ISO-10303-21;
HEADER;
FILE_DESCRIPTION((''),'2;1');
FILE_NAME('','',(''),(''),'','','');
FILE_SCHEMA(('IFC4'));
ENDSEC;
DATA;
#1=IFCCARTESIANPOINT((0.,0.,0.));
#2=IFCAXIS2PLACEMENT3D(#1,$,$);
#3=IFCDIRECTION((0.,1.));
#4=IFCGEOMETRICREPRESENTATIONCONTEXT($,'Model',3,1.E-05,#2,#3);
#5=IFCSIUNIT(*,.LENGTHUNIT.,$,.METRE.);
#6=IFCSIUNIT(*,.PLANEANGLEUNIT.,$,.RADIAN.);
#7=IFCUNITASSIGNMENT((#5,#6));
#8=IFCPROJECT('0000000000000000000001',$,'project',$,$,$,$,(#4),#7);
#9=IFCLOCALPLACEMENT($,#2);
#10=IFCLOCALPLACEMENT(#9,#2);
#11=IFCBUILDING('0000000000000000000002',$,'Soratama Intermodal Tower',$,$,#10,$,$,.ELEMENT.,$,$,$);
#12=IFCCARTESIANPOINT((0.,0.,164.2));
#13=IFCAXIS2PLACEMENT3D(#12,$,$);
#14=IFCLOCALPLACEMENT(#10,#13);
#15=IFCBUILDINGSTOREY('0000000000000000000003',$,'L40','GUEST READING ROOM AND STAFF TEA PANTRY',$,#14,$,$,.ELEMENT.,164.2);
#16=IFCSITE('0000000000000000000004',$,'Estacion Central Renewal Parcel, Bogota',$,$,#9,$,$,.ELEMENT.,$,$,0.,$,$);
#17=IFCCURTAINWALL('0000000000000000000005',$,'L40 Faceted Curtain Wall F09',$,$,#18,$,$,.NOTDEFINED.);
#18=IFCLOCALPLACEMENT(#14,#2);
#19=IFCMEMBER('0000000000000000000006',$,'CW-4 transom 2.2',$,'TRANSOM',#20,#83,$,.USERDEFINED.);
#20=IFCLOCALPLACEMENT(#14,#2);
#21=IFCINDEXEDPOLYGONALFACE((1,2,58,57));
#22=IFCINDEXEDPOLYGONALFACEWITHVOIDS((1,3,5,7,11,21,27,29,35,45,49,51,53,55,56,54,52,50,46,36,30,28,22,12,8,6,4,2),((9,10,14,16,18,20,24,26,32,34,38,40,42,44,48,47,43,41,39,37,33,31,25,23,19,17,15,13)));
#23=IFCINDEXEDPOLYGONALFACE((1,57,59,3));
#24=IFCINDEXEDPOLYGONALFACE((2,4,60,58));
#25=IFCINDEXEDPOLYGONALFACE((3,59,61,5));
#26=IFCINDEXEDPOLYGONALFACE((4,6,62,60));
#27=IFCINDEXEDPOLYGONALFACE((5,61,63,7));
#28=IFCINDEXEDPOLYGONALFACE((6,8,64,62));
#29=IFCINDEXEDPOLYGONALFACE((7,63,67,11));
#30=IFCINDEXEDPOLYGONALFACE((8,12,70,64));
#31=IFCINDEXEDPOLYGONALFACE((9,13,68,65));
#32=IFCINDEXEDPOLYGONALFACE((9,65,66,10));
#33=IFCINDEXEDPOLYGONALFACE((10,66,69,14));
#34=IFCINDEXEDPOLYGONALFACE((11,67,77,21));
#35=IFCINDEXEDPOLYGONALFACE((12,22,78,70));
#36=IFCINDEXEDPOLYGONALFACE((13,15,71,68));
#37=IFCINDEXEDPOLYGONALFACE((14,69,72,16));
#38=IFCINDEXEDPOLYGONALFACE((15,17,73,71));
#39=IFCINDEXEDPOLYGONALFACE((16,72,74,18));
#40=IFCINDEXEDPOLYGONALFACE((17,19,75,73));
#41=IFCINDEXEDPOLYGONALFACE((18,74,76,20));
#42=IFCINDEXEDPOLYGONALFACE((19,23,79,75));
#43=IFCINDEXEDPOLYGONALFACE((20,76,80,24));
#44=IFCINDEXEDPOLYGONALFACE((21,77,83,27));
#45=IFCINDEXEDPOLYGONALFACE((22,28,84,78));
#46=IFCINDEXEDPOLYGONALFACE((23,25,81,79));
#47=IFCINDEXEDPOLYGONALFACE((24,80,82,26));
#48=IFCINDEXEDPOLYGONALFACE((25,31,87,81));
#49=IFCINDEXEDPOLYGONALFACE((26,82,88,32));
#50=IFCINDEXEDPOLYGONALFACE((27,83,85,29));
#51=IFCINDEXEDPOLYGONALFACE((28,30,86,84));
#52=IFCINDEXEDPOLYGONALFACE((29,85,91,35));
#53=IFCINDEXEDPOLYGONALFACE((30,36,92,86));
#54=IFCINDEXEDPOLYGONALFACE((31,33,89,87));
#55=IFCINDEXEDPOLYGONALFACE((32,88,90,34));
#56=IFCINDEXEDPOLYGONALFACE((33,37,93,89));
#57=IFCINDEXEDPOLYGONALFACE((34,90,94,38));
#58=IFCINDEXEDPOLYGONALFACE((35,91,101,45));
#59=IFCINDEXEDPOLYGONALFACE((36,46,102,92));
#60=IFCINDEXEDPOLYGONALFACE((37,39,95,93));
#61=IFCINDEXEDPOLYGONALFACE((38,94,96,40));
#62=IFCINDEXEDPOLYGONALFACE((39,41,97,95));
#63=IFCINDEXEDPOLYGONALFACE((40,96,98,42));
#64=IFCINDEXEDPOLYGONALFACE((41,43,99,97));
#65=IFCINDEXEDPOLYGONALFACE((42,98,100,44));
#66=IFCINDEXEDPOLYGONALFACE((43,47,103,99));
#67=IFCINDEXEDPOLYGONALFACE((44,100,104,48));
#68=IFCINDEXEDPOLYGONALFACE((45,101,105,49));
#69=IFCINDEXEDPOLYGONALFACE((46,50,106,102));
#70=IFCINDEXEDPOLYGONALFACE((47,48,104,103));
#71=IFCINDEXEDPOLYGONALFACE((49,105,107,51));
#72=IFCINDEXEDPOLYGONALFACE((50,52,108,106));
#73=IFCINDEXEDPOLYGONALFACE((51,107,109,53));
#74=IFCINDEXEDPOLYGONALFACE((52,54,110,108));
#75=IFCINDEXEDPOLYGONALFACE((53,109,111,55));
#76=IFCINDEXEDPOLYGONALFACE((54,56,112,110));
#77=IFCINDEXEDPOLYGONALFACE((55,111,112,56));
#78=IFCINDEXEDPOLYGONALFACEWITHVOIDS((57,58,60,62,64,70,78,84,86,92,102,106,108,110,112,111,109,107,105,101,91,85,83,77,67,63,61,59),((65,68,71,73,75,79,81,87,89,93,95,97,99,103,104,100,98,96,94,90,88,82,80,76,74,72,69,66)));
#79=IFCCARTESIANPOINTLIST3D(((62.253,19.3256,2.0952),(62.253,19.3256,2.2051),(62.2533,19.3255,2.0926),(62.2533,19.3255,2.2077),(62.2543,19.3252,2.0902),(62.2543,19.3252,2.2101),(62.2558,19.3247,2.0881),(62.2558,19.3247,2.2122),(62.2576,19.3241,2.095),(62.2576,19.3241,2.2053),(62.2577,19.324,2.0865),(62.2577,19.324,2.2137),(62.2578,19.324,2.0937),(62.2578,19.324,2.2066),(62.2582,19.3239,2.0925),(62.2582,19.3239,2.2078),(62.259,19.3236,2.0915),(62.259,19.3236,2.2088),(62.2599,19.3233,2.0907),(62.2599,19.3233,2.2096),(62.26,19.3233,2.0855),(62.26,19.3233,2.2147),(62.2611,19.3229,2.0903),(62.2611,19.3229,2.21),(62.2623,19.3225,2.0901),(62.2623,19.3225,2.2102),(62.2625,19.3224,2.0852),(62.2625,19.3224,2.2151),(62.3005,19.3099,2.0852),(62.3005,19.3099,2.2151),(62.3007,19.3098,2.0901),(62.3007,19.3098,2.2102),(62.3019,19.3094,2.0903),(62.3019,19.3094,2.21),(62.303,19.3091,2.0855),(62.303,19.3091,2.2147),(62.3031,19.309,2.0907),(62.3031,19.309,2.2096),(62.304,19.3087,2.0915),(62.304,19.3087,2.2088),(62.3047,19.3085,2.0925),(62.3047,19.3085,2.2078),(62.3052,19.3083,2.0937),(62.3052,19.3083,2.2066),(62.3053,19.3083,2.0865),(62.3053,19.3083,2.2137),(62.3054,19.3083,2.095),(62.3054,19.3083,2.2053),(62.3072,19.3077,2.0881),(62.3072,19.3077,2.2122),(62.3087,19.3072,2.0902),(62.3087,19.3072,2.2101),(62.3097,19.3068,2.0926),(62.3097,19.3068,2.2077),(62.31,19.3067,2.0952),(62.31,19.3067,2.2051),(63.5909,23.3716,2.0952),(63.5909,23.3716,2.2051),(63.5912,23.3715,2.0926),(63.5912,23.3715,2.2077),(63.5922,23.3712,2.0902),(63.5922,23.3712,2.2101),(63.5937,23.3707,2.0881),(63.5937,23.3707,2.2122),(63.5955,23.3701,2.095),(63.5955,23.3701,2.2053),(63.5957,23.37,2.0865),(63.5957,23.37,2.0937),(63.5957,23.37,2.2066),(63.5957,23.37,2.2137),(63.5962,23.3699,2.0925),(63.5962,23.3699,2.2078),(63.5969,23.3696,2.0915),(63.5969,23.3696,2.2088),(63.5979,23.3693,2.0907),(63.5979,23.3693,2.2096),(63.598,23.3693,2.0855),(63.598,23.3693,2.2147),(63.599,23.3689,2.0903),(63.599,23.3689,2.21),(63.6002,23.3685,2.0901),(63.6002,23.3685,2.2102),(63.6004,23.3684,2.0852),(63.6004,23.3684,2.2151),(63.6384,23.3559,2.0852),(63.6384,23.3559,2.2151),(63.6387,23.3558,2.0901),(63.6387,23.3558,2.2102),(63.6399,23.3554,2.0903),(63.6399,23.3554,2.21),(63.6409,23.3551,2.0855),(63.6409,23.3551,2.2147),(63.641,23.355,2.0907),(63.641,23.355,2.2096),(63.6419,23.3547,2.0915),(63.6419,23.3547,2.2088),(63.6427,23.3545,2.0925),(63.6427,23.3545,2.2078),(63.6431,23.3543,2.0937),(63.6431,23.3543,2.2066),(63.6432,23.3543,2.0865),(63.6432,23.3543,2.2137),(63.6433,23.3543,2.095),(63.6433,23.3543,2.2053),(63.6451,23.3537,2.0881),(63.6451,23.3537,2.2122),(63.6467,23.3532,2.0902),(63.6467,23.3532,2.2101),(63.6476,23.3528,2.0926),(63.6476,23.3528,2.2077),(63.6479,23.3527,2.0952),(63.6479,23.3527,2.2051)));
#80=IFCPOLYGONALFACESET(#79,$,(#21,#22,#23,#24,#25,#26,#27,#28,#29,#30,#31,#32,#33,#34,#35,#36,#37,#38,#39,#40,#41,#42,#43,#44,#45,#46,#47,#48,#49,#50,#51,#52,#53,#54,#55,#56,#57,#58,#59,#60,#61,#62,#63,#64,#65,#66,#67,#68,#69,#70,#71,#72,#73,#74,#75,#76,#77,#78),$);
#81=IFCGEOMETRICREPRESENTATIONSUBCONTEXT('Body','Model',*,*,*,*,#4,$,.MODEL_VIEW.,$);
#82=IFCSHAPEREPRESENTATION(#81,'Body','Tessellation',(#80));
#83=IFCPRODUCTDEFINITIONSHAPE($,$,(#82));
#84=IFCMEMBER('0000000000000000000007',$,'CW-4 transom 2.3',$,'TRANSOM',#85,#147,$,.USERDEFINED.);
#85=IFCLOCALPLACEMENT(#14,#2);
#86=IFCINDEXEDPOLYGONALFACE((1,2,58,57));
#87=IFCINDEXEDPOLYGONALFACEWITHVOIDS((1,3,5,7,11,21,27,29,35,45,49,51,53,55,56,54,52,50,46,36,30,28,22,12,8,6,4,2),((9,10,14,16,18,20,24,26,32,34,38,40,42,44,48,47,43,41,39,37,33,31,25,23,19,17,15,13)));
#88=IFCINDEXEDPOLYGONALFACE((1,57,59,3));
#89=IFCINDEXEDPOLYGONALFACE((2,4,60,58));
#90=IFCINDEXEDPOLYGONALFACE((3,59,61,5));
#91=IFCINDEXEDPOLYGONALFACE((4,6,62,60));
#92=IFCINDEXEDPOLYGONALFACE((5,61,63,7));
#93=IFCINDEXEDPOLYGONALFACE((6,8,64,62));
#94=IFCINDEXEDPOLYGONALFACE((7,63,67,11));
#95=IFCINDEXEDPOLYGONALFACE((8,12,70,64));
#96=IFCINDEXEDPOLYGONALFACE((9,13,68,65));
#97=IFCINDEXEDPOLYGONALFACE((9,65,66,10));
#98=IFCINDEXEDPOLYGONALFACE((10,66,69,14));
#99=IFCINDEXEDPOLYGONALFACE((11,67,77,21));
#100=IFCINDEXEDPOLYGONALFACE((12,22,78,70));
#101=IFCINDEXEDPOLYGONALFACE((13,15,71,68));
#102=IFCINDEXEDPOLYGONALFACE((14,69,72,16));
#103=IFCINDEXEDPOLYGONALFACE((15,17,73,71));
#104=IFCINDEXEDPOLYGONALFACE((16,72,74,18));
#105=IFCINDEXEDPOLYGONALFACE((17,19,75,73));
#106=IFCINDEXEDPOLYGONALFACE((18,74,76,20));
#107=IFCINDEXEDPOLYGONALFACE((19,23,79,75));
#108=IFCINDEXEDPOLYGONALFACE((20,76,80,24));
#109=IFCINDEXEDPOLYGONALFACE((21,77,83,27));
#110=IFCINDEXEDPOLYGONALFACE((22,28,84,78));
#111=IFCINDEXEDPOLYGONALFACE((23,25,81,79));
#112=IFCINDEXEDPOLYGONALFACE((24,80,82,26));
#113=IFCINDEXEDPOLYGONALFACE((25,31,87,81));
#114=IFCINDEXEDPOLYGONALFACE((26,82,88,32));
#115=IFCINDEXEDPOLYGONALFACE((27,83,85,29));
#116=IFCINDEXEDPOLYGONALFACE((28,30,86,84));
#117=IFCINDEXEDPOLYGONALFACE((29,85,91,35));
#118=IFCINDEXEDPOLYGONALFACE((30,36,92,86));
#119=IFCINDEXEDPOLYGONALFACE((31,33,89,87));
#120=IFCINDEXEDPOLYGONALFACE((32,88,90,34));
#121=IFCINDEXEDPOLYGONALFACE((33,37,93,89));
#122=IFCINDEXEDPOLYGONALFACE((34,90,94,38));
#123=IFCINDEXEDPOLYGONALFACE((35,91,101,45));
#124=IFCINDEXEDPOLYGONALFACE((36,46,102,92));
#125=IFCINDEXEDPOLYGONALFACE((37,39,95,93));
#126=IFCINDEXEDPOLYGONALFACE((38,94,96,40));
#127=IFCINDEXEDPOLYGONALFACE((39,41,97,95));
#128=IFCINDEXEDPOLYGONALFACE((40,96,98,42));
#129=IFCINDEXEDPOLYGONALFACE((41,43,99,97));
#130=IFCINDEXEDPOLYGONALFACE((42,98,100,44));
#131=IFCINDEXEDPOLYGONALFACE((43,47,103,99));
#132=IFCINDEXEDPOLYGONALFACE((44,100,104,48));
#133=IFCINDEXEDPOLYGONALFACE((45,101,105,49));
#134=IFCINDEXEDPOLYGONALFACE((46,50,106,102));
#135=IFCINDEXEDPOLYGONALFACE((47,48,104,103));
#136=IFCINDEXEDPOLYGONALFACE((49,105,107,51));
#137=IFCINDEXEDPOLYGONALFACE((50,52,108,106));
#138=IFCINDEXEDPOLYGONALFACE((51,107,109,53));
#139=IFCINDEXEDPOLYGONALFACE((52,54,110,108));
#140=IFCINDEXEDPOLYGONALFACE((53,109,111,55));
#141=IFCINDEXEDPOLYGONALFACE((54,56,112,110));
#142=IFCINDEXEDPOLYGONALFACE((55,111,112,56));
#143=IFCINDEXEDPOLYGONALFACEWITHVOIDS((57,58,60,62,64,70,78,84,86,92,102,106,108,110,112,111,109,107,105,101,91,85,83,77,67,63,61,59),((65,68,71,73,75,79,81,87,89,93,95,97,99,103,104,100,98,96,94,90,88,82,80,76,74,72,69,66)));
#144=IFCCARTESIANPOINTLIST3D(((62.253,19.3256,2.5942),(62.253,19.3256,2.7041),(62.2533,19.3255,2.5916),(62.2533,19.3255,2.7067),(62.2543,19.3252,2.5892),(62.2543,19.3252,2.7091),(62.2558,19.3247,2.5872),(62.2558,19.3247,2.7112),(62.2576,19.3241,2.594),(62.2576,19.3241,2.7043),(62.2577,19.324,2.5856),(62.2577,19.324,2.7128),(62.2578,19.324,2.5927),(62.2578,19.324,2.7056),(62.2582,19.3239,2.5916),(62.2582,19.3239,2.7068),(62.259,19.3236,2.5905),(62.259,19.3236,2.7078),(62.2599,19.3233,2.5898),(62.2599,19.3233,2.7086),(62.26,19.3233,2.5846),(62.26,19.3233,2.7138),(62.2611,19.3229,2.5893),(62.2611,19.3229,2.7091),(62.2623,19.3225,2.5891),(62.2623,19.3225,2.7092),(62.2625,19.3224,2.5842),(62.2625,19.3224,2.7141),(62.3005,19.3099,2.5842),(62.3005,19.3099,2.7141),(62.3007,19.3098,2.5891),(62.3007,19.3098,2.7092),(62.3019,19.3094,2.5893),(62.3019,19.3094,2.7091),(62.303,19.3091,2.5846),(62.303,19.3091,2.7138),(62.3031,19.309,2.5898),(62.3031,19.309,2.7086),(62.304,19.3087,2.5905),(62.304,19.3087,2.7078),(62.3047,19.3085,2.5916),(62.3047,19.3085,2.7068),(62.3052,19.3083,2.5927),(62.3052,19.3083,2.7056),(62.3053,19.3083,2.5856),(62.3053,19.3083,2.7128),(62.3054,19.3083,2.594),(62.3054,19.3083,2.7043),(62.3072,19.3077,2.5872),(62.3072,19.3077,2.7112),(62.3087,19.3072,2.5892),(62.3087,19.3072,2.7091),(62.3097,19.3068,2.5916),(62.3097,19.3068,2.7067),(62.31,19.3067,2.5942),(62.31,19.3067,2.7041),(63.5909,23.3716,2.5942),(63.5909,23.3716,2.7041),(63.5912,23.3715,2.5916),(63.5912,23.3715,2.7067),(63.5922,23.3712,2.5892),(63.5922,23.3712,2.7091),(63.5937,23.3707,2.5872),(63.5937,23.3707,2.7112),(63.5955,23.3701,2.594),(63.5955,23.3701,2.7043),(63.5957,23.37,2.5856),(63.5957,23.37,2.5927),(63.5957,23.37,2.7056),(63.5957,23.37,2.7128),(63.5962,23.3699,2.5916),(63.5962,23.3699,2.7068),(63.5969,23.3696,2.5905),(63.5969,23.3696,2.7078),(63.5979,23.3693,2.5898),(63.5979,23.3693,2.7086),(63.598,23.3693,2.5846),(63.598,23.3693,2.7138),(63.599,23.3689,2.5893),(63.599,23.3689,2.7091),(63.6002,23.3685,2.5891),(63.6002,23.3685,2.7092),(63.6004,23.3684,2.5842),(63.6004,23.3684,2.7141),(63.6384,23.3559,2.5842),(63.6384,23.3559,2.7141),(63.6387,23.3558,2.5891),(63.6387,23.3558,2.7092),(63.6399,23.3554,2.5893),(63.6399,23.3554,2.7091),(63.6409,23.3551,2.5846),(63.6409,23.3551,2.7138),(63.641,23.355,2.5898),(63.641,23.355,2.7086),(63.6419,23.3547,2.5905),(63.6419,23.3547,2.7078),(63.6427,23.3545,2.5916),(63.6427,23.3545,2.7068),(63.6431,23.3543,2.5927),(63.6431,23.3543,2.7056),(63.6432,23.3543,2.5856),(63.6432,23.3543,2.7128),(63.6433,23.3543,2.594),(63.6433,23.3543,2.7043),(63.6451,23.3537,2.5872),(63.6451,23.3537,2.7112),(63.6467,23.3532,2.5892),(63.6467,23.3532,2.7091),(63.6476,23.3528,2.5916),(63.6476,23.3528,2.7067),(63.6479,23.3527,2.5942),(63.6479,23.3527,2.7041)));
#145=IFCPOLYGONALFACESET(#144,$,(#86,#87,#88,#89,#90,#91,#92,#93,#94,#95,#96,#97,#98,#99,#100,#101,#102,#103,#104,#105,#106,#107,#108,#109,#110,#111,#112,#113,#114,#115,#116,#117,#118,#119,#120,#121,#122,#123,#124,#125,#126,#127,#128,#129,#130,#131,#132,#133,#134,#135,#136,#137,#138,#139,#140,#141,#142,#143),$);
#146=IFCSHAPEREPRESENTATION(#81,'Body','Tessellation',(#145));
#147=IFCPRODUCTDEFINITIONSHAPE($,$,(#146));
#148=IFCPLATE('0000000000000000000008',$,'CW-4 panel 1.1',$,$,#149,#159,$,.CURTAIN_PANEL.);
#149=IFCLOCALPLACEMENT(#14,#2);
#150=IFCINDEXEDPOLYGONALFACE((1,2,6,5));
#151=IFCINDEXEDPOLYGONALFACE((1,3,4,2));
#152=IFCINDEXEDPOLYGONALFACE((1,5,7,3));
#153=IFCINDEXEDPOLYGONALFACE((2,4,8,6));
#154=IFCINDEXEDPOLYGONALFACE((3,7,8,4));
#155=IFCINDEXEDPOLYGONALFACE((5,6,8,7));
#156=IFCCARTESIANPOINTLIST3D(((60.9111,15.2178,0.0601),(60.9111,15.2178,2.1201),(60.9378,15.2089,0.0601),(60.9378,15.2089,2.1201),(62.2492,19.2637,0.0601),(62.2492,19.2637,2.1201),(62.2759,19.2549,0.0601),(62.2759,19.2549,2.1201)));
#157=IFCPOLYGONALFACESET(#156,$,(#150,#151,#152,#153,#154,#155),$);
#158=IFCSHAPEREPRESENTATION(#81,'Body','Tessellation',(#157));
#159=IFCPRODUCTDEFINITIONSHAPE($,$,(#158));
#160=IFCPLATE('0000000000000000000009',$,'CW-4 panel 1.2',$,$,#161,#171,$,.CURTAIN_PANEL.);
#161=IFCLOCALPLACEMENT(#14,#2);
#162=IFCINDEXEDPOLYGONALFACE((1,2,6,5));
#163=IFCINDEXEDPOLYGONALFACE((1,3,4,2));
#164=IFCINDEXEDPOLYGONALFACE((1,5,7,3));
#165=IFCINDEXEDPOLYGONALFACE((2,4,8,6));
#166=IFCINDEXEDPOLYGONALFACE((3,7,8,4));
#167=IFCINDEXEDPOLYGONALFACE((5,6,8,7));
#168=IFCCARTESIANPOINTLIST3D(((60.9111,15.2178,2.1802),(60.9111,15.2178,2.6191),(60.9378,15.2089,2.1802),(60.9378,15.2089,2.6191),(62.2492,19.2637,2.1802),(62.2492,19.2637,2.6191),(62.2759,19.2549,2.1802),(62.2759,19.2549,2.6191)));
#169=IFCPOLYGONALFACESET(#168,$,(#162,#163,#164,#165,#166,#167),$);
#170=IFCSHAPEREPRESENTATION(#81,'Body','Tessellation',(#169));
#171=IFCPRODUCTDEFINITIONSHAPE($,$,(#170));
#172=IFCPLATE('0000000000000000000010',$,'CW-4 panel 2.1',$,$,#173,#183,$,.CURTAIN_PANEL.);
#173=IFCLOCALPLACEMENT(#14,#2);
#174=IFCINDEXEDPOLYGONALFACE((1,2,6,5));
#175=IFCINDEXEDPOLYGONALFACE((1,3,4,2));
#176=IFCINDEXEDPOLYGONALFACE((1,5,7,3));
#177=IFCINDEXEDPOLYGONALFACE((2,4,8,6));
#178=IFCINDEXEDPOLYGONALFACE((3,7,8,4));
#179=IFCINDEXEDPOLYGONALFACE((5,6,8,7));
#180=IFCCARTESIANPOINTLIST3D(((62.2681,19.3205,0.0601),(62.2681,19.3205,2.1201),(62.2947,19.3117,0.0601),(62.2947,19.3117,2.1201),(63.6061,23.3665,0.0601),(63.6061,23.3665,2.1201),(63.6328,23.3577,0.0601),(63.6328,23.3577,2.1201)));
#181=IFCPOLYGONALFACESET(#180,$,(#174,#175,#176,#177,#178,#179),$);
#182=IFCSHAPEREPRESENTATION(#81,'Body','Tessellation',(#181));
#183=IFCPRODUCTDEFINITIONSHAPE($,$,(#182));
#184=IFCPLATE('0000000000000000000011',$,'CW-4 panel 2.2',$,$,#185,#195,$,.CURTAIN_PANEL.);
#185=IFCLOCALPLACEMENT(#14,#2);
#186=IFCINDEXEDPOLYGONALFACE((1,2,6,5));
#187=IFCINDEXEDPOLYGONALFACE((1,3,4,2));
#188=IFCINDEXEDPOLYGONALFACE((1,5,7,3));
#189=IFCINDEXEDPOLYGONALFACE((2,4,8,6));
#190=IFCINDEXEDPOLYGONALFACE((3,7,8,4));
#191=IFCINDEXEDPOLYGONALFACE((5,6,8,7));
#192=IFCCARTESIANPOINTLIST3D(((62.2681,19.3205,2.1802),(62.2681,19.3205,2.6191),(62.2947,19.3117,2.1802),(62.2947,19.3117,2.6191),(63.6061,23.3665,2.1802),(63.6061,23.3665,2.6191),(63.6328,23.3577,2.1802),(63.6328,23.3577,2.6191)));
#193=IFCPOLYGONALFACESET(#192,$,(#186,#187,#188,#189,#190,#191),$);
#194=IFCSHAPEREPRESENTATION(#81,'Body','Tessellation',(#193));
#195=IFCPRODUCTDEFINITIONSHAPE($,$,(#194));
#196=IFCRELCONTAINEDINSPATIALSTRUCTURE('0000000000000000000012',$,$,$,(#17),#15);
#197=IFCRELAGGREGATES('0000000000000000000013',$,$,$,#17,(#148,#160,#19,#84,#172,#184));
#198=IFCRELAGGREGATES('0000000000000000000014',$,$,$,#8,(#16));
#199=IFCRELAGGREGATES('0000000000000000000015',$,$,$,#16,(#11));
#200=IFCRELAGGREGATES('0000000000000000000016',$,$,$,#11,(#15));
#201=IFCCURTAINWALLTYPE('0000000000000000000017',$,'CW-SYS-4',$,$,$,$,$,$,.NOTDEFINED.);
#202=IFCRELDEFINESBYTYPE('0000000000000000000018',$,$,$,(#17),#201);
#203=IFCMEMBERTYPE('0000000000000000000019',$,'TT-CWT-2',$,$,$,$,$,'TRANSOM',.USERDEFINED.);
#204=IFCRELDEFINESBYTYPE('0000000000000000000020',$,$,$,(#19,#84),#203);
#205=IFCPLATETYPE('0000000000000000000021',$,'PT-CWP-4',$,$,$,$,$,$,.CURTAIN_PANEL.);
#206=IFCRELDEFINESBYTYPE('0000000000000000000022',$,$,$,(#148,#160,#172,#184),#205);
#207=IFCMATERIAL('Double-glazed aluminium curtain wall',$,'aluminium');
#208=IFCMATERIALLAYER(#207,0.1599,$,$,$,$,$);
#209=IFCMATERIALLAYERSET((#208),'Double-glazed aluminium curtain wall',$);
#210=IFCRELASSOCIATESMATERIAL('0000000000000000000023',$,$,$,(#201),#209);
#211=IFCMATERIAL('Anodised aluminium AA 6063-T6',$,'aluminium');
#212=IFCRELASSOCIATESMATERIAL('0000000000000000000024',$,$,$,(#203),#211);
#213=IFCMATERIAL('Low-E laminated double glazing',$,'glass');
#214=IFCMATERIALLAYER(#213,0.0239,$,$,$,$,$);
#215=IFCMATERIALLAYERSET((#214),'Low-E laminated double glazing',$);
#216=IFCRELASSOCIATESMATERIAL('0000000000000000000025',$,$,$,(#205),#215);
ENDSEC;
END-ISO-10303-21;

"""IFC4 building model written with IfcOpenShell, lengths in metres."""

from ifc_helpers import new_model, si_unit, direction, frame, origin, origin_2d, place, context, subcontext, project, spatial, rectangle, hollow_rectangle, extrude, material, layer, layer_set, material_profile, profile_set, type_object, element, aggregate, save


model = new_model("IFC4")

# Units and contexts
model_context = context("Model", 3, precision=1e-05, world=origin(), true_north=direction((0.0, 1.0)))
body_context = subcontext(model_context, "Body", "Model", "MODEL_VIEW")
ifc_project = project(units=[si_unit("LENGTHUNIT", "METRE"), si_unit("PLANEANGLEUNIT", "RADIAN")], contexts=[model_context])

# Site, building, storey
site_placement = place(None, origin())
site = spatial("IfcSite", under=ifc_project, at=site_placement, Name="Estacion Central Renewal Parcel, Bogota", CompositionType="ELEMENT", RefElevation=0.0)
building_placement = place(site_placement, origin())
building = spatial("IfcBuilding", under=site, at=building_placement, Name="Soratama Intermodal Tower", CompositionType="ELEMENT")
storey_placement = place(building_placement, frame((0.0, 0.0, 164.2)))
storey = spatial("IfcBuildingStorey", under=building, at=storey_placement, Name="L40", Description="GUEST READING ROOM AND STAFF TEA PANTRY", CompositionType="ELEMENT", Elevation=164.2)

# Curtain wall, members, plates
ifc_material_1 = material(Name="Double-glazed aluminium curtain wall", Category="aluminium")
ifc_layer_1 = layer(ifc_material_1, 0.1599)
ifc_layer_set_1 = layer_set([ifc_layer_1], Name="Double-glazed aluminium curtain wall")
curtain_wall_type = type_object("IfcCurtainWallType", Name="CW-SYS-4", PredefinedType="NOTDEFINED", material=ifc_layer_set_1)
curtain_wall_placement = place(storey_placement, origin())
curtain_wall = element("IfcCurtainWall", 1, at=curtain_wall_placement, inside=storey, type_object=curtain_wall_type, Name="L40 Faceted Curtain Wall F09", PredefinedType="NOTDEFINED")
ifc_material_2 = material(Name="Anodised aluminium AA 6063-T6", Category="aluminium")
ifc_material_profile_1 = material_profile(ifc_material_2, hollow_rectangle(XDim=0.0601, YDim=0.1299, WallThickness=0.0049, InnerFilletRadius=0.0049, OuterFilletRadius=0.01, at=origin_2d()), Name="CWT130X60X5")
ifc_profile_set_1 = profile_set([ifc_material_profile_1], Name="Anodised aluminium AA 6063-T6")
member_type_1 = type_object("IfcMemberType", Name="TT-CWT-2", ElementType="TRANSOM", PredefinedType="USERDEFINED", material=ifc_profile_set_1)
member_1_placement = place(storey_placement, frame((62.2815, 19.3162, 2.1501), z_axis=(0.313958, 0.949437, 0.0), x_axis=(-0.949437, 0.313958, 0.0)))
member_1 = element("IfcMember", 2, at=member_1_placement, type_object=member_type_1, Name="CW-4 transom 2.2", ObjectType="TRANSOM", PredefinedType="USERDEFINED", context=body_context, shape_type="SweptSolid", body=[
    extrude(hollow_rectangle(XDim=0.0601, YDim=0.1299, WallThickness=0.0049, InnerFilletRadius=0.0049, OuterFilletRadius=0.01, at=origin_2d()), origin(), (0.0, 0.0, 1.0), 4.2615),
])
member_2_placement = place(storey_placement, frame((62.2815, 19.3162, 2.6492), z_axis=(0.313958, 0.949437, 0.0), x_axis=(-0.949437, 0.313958, 0.0)))
member_2 = element("IfcMember", 3, at=member_2_placement, type_object=member_type_1, Name="CW-4 transom 2.3", ObjectType="TRANSOM", PredefinedType="USERDEFINED", context=body_context, shape_type="SweptSolid", body=[
    extrude(hollow_rectangle(XDim=0.0601, YDim=0.1299, WallThickness=0.0049, InnerFilletRadius=0.0049, OuterFilletRadius=0.01, at=origin_2d()), origin(), (0.0, 0.0, 1.0), 4.2615),
])
ifc_material_3 = material(Name="Low-E laminated double glazing", Category="glass")
ifc_layer_2 = layer(ifc_material_3, 0.0239)
ifc_layer_set_2 = layer_set([ifc_layer_2], Name="Low-E laminated double glazing")
plate_type = type_object("IfcPlateType", Name="PT-CWP-4", PredefinedType="CURTAIN_PANEL", material=ifc_layer_set_2)
plate_1_placement = place(storey_placement, frame((61.5935, 17.2363, 0.0601), z_axis=(0.0, 0.0, 1.0), x_axis=(0.313993, 0.949425, 0.0)))
plate_1 = element("IfcPlate", 4, at=plate_1_placement, type_object=plate_type, Name="CW-4 panel 1.1", PredefinedType="CURTAIN_PANEL", context=body_context, shape_type="SweptSolid", body=[
    extrude(rectangle(XDim=4.2615, YDim=0.0281, at=origin_2d()), origin(), (0.0, 0.0, 1.0), 2.0601),
])
plate_2_placement = place(storey_placement, frame((61.5935, 17.2363, 2.1802), z_axis=(0.0, 0.0, 1.0), x_axis=(0.313993, 0.949425, 0.0)))
plate_2 = element("IfcPlate", 5, at=plate_2_placement, type_object=plate_type, Name="CW-4 panel 1.2", PredefinedType="CURTAIN_PANEL", context=body_context, shape_type="SweptSolid", body=[
    extrude(rectangle(XDim=4.2615, YDim=0.0281, at=origin_2d()), origin(), (0.0, 0.0, 1.0), 0.439),
])
plate_3_placement = place(storey_placement, frame((62.9504, 21.3391, 0.0601), z_axis=(0.0, 0.0, 1.0), x_axis=(0.313993, 0.949425, 0.0)))
plate_3 = element("IfcPlate", 6, at=plate_3_placement, type_object=plate_type, Name="CW-4 panel 2.1", PredefinedType="CURTAIN_PANEL", context=body_context, shape_type="SweptSolid", body=[
    extrude(rectangle(XDim=4.2615, YDim=0.0281, at=origin_2d()), origin(), (0.0, 0.0, 1.0), 2.0601),
])
plate_4_placement = place(storey_placement, frame((62.9504, 21.3391, 2.1802), z_axis=(0.0, 0.0, 1.0), x_axis=(0.313993, 0.949425, 0.0)))
plate_4 = element("IfcPlate", 7, at=plate_4_placement, type_object=plate_type, Name="CW-4 panel 2.2", PredefinedType="CURTAIN_PANEL", context=body_context, shape_type="SweptSolid", body=[
    extrude(rectangle(XDim=4.2615, YDim=0.0281, at=origin_2d()), origin(), (0.0, 0.0, 1.0), 0.439),
])
aggregate(curtain_wall, [plate_1, plate_2, member_1, member_2, plate_3, plate_4])

save(model, "model.ifc")
